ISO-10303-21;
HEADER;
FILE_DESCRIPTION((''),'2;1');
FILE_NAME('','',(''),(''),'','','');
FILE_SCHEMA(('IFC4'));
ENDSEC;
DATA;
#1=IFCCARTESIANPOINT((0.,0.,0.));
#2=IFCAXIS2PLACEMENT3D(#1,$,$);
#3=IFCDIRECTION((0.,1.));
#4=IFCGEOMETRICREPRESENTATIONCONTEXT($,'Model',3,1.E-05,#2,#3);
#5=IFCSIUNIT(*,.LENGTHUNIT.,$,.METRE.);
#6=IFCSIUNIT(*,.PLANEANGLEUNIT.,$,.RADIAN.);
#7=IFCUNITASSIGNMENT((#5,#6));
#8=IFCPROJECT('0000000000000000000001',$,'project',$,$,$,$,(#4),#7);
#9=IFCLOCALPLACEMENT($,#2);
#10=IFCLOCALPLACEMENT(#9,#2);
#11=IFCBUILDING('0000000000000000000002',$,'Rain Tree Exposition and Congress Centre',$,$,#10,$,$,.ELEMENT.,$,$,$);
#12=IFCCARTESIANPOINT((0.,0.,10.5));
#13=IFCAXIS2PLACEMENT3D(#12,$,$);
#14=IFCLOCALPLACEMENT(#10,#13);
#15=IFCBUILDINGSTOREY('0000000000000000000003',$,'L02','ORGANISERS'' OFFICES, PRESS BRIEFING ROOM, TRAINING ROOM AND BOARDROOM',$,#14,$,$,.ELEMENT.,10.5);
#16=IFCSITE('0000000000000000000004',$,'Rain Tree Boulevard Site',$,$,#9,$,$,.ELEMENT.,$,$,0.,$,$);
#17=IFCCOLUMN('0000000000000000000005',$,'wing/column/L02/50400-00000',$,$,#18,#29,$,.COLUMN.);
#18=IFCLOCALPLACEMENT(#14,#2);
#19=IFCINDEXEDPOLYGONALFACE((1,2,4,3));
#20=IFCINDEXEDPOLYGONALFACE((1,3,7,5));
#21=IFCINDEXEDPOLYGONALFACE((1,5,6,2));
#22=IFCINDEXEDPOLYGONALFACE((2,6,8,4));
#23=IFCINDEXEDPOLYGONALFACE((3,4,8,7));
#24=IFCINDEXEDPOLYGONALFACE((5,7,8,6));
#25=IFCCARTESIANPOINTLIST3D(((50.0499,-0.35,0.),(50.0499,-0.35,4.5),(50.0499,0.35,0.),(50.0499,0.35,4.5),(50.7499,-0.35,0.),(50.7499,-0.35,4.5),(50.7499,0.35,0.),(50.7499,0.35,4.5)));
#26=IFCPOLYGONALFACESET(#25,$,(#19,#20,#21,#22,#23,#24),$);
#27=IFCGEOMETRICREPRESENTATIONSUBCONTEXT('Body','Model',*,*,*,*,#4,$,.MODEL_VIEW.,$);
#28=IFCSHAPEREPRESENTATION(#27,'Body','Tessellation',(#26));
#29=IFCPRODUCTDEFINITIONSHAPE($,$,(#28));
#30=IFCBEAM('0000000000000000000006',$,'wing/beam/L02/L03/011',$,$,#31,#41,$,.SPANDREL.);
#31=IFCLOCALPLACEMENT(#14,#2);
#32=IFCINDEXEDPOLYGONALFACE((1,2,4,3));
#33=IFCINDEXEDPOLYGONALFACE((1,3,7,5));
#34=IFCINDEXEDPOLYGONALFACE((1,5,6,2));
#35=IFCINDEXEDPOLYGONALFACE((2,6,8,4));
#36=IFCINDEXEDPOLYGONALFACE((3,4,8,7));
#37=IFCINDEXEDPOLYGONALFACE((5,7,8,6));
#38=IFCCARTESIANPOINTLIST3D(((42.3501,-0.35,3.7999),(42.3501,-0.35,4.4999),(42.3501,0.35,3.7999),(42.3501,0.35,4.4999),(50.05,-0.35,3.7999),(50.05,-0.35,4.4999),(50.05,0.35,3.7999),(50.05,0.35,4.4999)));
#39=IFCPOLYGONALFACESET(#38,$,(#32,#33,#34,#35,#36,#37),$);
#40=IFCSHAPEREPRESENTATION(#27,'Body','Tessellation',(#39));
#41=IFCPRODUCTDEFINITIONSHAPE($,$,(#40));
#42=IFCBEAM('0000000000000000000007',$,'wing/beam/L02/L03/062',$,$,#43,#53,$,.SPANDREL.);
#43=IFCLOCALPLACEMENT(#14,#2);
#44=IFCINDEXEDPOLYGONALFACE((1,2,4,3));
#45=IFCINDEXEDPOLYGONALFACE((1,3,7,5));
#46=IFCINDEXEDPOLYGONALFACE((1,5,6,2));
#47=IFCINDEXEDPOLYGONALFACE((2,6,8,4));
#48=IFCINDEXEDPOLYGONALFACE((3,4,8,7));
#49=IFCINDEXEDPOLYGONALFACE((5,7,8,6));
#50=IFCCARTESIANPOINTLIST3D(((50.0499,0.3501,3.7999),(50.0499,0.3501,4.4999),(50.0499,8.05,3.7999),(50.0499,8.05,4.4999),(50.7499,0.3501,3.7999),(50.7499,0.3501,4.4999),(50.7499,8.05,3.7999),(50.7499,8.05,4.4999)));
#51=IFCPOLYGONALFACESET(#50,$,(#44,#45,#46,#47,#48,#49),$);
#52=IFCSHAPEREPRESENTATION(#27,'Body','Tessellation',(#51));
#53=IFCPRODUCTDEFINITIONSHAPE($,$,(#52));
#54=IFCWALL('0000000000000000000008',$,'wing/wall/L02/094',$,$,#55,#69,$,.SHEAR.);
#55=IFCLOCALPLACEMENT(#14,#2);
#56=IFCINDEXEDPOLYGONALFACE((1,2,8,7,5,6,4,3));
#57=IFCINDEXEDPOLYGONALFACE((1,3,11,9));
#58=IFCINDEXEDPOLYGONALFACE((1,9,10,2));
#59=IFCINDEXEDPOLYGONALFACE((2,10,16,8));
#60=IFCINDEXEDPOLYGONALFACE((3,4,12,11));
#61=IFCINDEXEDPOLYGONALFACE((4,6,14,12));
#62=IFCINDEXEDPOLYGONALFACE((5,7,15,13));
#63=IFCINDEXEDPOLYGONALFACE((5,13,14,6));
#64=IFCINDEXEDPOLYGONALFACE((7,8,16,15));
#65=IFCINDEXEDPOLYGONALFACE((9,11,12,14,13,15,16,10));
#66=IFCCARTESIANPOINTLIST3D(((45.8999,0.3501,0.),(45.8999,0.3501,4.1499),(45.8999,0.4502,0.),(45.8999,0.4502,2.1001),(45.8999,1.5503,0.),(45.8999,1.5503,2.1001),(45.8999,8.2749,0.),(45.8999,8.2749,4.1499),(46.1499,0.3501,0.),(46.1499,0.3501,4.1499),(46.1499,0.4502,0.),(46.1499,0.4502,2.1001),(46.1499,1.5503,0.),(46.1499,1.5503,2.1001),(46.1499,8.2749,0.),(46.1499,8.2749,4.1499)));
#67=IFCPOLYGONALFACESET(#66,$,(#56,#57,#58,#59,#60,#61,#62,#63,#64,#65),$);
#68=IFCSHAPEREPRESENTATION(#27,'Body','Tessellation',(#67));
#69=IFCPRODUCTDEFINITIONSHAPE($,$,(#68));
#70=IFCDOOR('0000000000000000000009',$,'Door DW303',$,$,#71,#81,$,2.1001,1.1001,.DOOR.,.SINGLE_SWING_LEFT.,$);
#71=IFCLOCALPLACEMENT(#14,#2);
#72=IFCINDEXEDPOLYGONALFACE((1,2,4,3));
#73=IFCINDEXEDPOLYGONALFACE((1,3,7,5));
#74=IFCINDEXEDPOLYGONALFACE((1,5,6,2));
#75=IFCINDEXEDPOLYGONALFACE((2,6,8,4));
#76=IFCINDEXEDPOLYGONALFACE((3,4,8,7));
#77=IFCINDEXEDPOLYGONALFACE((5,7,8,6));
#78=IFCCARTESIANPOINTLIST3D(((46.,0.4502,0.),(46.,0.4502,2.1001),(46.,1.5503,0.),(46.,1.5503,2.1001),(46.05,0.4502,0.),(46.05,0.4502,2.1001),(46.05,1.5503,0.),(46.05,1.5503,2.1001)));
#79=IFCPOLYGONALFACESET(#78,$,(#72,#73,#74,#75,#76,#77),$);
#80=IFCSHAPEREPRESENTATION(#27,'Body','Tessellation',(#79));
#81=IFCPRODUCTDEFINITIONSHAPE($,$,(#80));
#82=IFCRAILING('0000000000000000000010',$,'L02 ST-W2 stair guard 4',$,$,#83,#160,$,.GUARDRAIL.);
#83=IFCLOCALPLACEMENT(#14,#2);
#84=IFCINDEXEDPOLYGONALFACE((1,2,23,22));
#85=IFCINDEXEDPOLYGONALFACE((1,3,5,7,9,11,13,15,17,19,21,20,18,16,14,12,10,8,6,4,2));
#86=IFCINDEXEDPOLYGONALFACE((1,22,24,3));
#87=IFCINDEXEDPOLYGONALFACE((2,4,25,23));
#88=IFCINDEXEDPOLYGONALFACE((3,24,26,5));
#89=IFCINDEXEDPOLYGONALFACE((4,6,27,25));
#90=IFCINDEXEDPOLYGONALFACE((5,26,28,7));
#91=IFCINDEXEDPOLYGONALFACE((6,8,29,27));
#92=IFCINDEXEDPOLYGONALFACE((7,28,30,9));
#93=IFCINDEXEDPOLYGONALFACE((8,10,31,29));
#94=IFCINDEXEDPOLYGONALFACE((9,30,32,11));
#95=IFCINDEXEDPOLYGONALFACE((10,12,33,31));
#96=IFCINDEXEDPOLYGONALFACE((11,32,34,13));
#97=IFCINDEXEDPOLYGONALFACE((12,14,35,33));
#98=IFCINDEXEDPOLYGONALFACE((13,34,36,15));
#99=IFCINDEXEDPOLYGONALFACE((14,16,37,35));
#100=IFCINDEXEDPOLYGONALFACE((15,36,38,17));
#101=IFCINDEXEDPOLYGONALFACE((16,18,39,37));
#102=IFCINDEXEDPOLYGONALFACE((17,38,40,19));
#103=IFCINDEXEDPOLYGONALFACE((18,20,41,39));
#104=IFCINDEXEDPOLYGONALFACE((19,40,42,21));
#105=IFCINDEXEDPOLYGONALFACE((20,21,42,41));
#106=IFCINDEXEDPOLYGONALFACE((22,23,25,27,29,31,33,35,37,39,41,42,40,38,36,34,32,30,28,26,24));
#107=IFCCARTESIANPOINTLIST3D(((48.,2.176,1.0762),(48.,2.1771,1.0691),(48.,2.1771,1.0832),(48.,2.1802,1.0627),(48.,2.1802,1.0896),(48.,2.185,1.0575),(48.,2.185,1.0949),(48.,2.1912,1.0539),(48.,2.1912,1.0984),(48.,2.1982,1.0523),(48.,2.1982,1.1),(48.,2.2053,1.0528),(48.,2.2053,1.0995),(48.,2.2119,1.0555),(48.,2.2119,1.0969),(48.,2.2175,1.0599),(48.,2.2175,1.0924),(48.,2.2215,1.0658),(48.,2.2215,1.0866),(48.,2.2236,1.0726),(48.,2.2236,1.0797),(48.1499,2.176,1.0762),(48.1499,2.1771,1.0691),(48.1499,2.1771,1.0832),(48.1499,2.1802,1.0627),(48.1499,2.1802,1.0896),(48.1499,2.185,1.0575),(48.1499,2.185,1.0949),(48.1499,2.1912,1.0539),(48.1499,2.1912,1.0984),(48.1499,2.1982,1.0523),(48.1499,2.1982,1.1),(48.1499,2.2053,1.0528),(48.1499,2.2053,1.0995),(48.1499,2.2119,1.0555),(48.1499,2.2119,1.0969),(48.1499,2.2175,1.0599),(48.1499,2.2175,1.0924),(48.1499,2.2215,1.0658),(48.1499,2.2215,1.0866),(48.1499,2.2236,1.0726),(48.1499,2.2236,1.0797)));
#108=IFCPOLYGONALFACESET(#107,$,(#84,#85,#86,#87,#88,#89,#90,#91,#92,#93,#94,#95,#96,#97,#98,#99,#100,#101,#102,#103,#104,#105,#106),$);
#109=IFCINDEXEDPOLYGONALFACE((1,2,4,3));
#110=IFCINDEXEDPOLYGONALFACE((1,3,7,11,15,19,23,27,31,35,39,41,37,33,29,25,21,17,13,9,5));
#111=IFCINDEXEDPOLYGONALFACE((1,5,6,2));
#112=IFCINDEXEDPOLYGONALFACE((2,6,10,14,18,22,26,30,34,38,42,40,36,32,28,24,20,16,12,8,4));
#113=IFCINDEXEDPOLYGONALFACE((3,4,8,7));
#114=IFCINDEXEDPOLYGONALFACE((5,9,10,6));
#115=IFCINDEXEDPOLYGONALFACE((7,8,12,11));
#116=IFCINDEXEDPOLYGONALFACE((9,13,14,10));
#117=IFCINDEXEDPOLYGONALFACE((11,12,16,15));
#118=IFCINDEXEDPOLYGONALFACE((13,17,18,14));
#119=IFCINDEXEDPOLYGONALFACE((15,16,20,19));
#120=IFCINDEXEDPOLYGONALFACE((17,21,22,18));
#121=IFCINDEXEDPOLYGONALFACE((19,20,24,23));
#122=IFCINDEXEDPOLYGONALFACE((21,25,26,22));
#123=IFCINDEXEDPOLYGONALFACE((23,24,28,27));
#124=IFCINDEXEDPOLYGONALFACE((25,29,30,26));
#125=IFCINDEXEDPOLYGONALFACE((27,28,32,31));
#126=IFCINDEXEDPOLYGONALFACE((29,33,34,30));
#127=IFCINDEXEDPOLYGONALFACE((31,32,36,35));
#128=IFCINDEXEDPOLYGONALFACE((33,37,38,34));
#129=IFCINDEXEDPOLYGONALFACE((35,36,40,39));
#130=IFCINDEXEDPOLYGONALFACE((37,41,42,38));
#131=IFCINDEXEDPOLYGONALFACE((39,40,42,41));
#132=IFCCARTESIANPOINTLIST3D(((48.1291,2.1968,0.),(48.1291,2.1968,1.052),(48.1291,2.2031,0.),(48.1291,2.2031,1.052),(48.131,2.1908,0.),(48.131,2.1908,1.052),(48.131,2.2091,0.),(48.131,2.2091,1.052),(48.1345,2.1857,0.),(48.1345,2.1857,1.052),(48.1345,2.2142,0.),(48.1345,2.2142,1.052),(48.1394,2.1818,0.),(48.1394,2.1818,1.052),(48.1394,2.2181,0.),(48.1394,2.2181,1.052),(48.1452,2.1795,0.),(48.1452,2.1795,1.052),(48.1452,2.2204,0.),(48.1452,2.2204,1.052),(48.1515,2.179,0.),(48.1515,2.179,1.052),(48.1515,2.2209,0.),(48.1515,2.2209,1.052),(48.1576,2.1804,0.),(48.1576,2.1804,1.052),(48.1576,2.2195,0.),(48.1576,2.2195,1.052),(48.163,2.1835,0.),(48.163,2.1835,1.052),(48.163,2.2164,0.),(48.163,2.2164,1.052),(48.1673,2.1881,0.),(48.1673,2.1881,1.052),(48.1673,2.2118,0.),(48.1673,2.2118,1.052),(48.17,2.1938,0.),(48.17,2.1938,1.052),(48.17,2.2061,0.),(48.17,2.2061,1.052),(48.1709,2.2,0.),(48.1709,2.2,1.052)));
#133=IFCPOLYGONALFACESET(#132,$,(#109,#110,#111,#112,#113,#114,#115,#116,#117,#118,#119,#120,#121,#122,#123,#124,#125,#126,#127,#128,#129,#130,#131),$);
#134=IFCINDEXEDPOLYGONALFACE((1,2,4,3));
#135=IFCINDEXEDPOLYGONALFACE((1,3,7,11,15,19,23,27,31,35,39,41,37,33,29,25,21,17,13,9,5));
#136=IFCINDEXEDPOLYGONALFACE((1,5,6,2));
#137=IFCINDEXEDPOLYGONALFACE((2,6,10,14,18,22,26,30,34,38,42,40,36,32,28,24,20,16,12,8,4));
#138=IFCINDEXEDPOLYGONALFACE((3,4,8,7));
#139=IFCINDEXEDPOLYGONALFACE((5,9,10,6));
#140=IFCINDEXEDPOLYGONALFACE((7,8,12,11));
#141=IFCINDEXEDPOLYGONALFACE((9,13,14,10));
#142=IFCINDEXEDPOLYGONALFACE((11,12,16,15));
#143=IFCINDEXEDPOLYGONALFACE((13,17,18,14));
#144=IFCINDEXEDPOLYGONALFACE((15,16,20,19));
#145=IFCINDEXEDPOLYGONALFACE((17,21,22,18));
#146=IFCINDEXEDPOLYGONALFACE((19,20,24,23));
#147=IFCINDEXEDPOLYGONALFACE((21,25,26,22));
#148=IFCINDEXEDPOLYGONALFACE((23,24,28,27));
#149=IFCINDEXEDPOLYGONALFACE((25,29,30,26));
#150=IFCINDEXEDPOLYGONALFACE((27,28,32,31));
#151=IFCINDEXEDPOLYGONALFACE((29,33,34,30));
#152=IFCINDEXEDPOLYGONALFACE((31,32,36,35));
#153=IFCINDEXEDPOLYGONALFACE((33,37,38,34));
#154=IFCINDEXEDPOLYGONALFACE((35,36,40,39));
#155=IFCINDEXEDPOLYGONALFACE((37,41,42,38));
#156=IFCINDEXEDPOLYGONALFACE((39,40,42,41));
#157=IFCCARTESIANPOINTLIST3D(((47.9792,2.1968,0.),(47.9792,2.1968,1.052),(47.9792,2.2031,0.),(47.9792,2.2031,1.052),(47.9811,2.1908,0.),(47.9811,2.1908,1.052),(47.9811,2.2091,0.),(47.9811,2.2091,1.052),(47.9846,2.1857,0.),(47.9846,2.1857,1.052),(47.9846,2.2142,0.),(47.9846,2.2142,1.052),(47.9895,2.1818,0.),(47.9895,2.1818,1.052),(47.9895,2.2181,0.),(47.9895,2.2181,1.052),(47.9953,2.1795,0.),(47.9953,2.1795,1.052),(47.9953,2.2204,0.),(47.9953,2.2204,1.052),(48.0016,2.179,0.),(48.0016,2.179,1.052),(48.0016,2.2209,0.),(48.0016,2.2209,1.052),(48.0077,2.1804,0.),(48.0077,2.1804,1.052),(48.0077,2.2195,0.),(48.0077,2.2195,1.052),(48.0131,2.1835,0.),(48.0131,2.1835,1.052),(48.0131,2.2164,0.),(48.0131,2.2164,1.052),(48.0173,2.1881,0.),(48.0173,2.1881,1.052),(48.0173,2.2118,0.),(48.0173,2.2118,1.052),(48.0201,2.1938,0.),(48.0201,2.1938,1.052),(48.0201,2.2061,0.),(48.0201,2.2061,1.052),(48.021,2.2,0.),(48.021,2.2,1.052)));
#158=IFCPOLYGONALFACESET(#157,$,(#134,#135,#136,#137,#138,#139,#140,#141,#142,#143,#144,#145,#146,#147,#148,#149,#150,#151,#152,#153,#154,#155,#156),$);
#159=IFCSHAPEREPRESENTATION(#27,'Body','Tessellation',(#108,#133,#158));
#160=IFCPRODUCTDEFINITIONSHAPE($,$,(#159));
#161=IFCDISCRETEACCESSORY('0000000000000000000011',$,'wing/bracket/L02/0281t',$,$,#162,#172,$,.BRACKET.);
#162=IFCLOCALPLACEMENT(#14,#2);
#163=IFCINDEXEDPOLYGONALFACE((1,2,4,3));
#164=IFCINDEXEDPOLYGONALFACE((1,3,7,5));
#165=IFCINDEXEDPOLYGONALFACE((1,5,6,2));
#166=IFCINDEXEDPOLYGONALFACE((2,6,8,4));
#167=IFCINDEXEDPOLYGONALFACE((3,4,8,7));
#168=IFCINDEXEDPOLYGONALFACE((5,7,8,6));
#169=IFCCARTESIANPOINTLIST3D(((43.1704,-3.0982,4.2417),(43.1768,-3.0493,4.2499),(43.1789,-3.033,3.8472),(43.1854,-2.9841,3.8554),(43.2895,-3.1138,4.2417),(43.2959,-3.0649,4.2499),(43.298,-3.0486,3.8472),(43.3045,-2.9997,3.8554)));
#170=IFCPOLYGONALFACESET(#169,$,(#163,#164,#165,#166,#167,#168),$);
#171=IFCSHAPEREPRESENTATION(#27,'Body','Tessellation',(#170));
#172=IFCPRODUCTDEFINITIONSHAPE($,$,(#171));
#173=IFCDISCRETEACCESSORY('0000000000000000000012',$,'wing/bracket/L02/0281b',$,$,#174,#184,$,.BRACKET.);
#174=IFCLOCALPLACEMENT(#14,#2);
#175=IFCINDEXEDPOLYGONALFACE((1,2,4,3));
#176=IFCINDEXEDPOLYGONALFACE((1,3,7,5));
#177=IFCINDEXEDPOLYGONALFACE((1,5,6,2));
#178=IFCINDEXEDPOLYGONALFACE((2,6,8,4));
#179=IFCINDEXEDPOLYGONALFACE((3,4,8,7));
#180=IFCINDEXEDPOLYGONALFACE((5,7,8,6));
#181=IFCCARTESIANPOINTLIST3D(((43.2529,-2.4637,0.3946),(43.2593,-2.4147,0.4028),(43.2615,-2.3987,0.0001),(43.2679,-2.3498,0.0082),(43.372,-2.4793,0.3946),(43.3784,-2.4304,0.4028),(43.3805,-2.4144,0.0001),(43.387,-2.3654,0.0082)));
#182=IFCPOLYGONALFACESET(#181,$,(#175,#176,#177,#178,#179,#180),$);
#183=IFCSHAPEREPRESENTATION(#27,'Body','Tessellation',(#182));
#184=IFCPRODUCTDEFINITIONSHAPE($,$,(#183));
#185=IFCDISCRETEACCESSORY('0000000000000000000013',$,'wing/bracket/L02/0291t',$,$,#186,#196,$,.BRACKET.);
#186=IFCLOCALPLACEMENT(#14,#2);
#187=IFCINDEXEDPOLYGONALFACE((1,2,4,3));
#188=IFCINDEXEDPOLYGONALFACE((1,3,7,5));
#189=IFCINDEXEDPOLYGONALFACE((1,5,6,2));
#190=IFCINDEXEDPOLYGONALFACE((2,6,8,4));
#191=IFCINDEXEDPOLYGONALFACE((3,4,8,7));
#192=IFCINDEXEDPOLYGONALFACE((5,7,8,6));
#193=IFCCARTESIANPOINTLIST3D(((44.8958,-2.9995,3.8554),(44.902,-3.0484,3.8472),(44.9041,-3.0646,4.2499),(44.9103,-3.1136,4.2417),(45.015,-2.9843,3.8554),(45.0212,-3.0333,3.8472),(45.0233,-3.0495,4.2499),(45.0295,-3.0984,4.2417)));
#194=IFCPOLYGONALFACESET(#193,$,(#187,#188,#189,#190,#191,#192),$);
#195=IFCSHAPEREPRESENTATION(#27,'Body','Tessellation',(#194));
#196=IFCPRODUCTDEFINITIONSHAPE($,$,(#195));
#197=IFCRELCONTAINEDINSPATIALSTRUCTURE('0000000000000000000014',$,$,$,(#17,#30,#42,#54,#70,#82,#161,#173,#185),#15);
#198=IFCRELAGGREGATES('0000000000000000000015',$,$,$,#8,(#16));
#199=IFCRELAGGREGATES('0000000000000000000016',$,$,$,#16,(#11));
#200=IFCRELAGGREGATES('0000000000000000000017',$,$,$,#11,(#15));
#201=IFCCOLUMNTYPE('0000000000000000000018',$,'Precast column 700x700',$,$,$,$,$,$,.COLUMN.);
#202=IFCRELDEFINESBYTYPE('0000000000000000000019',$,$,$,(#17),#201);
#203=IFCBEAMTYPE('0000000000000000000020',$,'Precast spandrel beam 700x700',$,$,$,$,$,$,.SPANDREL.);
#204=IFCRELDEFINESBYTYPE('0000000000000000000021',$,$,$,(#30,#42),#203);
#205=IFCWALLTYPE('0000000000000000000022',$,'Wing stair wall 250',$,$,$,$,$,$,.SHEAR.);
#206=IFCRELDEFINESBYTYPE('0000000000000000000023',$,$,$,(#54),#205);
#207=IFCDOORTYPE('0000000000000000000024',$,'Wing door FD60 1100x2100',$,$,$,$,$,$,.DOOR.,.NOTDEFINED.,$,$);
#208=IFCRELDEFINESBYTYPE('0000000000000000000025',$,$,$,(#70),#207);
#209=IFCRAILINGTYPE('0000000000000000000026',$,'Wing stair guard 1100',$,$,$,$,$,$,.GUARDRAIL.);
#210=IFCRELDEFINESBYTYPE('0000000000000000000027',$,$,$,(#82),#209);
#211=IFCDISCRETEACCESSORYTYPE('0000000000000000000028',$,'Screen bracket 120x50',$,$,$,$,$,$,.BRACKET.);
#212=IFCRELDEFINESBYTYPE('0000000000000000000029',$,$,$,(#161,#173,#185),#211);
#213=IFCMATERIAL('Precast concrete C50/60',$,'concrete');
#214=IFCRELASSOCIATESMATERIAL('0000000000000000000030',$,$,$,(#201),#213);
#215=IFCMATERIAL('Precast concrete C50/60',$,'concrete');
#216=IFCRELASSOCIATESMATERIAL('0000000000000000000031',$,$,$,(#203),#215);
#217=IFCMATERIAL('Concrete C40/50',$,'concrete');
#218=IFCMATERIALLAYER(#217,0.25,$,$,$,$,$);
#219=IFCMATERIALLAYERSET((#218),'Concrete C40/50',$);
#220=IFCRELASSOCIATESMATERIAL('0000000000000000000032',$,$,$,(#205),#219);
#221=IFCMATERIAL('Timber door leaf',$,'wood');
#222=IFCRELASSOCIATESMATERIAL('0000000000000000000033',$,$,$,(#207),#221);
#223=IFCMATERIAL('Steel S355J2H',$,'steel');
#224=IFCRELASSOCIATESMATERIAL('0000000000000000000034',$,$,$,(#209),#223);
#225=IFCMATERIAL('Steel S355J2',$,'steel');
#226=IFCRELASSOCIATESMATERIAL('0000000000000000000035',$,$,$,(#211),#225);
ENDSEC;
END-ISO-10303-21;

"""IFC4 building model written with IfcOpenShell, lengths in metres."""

from ifc_helpers import new_model, si_unit, direction, frame, frame_2d, origin, origin_2d, place, context, subcontext, project, spatial, rectangle, circle, extrude, material, layer, layer_set, material_profile, profile_set, type_object, element, fill, save


model = new_model("IFC4")

# Units and contexts
model_context = context("Model", 3, precision=1e-05, world=origin(), true_north=direction((0.0, 1.0)))
body_context = subcontext(model_context, "Body", "Model", "MODEL_VIEW")
ifc_project = project(units=[si_unit("LENGTHUNIT", "METRE"), si_unit("PLANEANGLEUNIT", "RADIAN")], contexts=[model_context])

# Site, building, storey
site_placement = place(None, origin())
site = spatial("IfcSite", under=ifc_project, at=site_placement, Name="Rain Tree Boulevard Site", CompositionType="ELEMENT", RefElevation=0.0)
building_placement = place(site_placement, origin())
building = spatial("IfcBuilding", under=site, at=building_placement, Name="Rain Tree Exposition and Congress Centre", CompositionType="ELEMENT")
storey_placement = place(building_placement, frame((0.0, 0.0, 10.5)))
storey = spatial("IfcBuildingStorey", under=building, at=storey_placement, Name="L02", Description="ORGANISERS' OFFICES, PRESS BRIEFING ROOM, TRAINING ROOM AND BOARDROOM", CompositionType="ELEMENT", Elevation=10.5)

# Column
ifc_material_1 = material(Name="Precast concrete C50/60", Category="concrete")
ifc_material_profile_1 = material_profile(ifc_material_1, rectangle(XDim=0.7, YDim=0.7, at=origin_2d()), Name="RC 700x700")
ifc_profile_set_1 = profile_set([ifc_material_profile_1], Name="Precast concrete C50/60")
column_type = type_object("IfcColumnType", Name="Precast column 700x700", PredefinedType="COLUMN", material=ifc_profile_set_1)
column_placement = place(storey_placement, frame((50.3999, 0.0, 0.0), z_axis=(0.0, 0.0, 1.0), x_axis=(1.0, 0.0, 0.0)))
element("IfcColumn", 1, at=column_placement, inside=storey, type_object=column_type, Name="wing/column/L02/50400-00000", PredefinedType="COLUMN", context=body_context, shape_type="SweptSolid", body=[
    extrude(rectangle(XDim=0.7, YDim=0.7, at=origin_2d()), origin(), (0.0, 0.0, 1.0), 4.5),
])

# Beams
ifc_material_2 = material(Name="Precast concrete C50/60", Category="concrete")
ifc_material_profile_2 = material_profile(ifc_material_2, rectangle(XDim=0.7, YDim=0.7, at=origin_2d()), Name="RC 700x700")
ifc_profile_set_2 = profile_set([ifc_material_profile_2], Name="Precast concrete C50/60")
beam_type = type_object("IfcBeamType", Name="Precast spandrel beam 700x700", PredefinedType="SPANDREL", material=ifc_profile_set_2)
for number, where, z_axis, x_axis, name in (
    (2, (42.3501, 0.0, 4.1499), (1.0, 0.0, 0.0), (0.0, 1.0, 0.0), "wing/beam/L02/L03/011"),
    (3, (50.3999, 0.3501, 4.1499), (0.0, 1.0, 0.0), (-1.0, 0.0, 0.0), "wing/beam/L02/L03/062"),
):
    element("IfcBeam", number, at=place(storey_placement, frame(where, z_axis=z_axis, x_axis=x_axis)), inside=storey, type_object=beam_type, Name=name, PredefinedType="SPANDREL", context=body_context, shape_type="SweptSolid", body=[
        extrude(rectangle(XDim=0.7, YDim=0.7, at=origin_2d()), origin(), (0.0, 0.0, 1.0), 7.7),
    ])

# Wall, opening, door
ifc_material_3 = material(Name="Concrete C40/50", Category="concrete")
ifc_layer_1 = layer(ifc_material_3, 0.25)
ifc_layer_set_1 = layer_set([ifc_layer_1], Name="Concrete C40/50")
wall_type_1 = type_object("IfcWallType", Name="Wing stair wall 250", PredefinedType="SHEAR", material=ifc_layer_set_1)
wall_1_placement = place(storey_placement, frame((46.0249, 0.3501, 0.0), z_axis=(0.0, 0.0, 1.0), x_axis=(0.0, 1.0, 0.0)))
wall_1 = element("IfcWall", 4, at=wall_1_placement, inside=storey, type_object=wall_type_1, Name="wing/wall/L02/094", PredefinedType="SHEAR", context=body_context, shape_type="SweptSolid", body=[
    extrude(rectangle(XDim=7.9248, YDim=0.25, at=frame_2d((3.9624, 0.0))), origin(), (0.0, 0.0, 1.0), 4.1499),
])
opening_1_placement = place(wall_1_placement, frame((0.1001, 0.0, 0.0)))
opening_1 = element("IfcOpeningElement", 5, at=opening_1_placement, cuts=wall_1, PredefinedType="OPENING", context=body_context, shape_type="SweptSolid", body=[
    extrude(rectangle(XDim=1.1001, YDim=2.1001, at=frame_2d((0.55, 1.05))), frame((0.0, 0.125, 0.0), z_axis=(0.0, -1.0, 0.0), x_axis=(1.0, 0.0, 0.0)), (0.0, 0.0, 1.0), 0.25),
])
ifc_material_4 = material(Name="Timber door leaf", Category="wood")
door_type = type_object("IfcDoorType", Name="Wing door FD60 1100x2100", OperationType="NOTDEFINED", PredefinedType="DOOR", material=ifc_material_4)
door_placement = place(opening_1_placement, origin())
door = element("IfcDoor", 6, at=door_placement, inside=storey, type_object=door_type, Name="Door DW303", OperationType="SINGLE_SWING_LEFT", OverallHeight=2.1001, OverallWidth=1.1001, PredefinedType="DOOR", context=body_context, shape_type="SweptSolid", body=[
    extrude(rectangle(XDim=1.1001, YDim=2.1001, at=frame_2d((0.55, 1.05))), frame((0.0, 0.0249, 0.0), z_axis=(0.0, -1.0, 0.0), x_axis=(1.0, 0.0, 0.0)), (0.0, 0.0, 1.0), 0.05),
])
fill(opening_1, door)

# Railing
ifc_material_5 = material(Name="Steel S355J2H", Category="steel")
railing_type = type_object("IfcRailingType", Name="Wing stair guard 1100", PredefinedType="GUARDRAIL", material=ifc_material_5)
railing_placement = place(storey_placement, frame((48.1499, 2.2, 0.0)))
element("IfcRailing", 7, at=railing_placement, inside=storey, type_object=railing_type, Name="L02 ST-W2 stair guard 4", PredefinedType="GUARDRAIL", context=body_context, shape_type="SweptSolid", body=[
    extrude(circle(Radius=0.0239, at=origin_2d()), frame((0.0, 0.0, 1.0762), z_axis=(-1.0, 0.0, 0.0), x_axis=(0.0, -1.0, 0.0)), (0.0, 0.0, 1.0), 0.1499),
    extrude(circle(Radius=0.021, at=origin_2d()), origin(), (0.0, 0.0, 1.0), 1.052),
    extrude(circle(Radius=0.021, at=origin_2d()), frame((-0.1499, 0.0, 0.0)), (0.0, 0.0, 1.0), 1.052),
])

# Discrete accessories
ifc_material_6 = material(Name="Steel S355J2", Category="steel")
ifc_material_profile_3 = material_profile(ifc_material_6, rectangle(XDim=0.1201, YDim=0.05, at=origin_2d()), Name="Flat bar 120x50")
ifc_profile_set_3 = profile_set([ifc_material_profile_3], Name="Steel S355J2")
discrete_accessory_type = type_object("IfcDiscreteAccessoryType", Name="Screen bracket 120x50", PredefinedType="BRACKET", material=ifc_profile_set_3)
for number, where, z_axis, x_axis, name in (
    (8, (43.2417, -3.0164, 3.8513), (-0.021364, -0.162976, 0.986399), (0.991517, -0.129974, 0.0), "wing/bracket/L02/0281t"),
    (9, (43.3242, -2.3821, 0.0042), (-0.021366, -0.162381, 0.986497), (0.991454, -0.130455, 0.0), "wing/bracket/L02/0281b"),
    (10, (44.9585, -3.0164, 3.8513), (0.020754, -0.162978, 0.986411), (0.991989, 0.126321, 0.0), "wing/bracket/L02/0291t"),
):
    element("IfcDiscreteAccessory", number, at=place(storey_placement, frame(where, z_axis=z_axis, x_axis=x_axis)), inside=storey, type_object=discrete_accessory_type, Name=name, PredefinedType="BRACKET", context=body_context, shape_type="SweptSolid", body=[
        extrude(rectangle(XDim=0.1201, YDim=0.05, at=origin_2d()), origin(), (0.0, 0.0, 1.0), 0.3999),
    ])

save(model, "model.ifc")
